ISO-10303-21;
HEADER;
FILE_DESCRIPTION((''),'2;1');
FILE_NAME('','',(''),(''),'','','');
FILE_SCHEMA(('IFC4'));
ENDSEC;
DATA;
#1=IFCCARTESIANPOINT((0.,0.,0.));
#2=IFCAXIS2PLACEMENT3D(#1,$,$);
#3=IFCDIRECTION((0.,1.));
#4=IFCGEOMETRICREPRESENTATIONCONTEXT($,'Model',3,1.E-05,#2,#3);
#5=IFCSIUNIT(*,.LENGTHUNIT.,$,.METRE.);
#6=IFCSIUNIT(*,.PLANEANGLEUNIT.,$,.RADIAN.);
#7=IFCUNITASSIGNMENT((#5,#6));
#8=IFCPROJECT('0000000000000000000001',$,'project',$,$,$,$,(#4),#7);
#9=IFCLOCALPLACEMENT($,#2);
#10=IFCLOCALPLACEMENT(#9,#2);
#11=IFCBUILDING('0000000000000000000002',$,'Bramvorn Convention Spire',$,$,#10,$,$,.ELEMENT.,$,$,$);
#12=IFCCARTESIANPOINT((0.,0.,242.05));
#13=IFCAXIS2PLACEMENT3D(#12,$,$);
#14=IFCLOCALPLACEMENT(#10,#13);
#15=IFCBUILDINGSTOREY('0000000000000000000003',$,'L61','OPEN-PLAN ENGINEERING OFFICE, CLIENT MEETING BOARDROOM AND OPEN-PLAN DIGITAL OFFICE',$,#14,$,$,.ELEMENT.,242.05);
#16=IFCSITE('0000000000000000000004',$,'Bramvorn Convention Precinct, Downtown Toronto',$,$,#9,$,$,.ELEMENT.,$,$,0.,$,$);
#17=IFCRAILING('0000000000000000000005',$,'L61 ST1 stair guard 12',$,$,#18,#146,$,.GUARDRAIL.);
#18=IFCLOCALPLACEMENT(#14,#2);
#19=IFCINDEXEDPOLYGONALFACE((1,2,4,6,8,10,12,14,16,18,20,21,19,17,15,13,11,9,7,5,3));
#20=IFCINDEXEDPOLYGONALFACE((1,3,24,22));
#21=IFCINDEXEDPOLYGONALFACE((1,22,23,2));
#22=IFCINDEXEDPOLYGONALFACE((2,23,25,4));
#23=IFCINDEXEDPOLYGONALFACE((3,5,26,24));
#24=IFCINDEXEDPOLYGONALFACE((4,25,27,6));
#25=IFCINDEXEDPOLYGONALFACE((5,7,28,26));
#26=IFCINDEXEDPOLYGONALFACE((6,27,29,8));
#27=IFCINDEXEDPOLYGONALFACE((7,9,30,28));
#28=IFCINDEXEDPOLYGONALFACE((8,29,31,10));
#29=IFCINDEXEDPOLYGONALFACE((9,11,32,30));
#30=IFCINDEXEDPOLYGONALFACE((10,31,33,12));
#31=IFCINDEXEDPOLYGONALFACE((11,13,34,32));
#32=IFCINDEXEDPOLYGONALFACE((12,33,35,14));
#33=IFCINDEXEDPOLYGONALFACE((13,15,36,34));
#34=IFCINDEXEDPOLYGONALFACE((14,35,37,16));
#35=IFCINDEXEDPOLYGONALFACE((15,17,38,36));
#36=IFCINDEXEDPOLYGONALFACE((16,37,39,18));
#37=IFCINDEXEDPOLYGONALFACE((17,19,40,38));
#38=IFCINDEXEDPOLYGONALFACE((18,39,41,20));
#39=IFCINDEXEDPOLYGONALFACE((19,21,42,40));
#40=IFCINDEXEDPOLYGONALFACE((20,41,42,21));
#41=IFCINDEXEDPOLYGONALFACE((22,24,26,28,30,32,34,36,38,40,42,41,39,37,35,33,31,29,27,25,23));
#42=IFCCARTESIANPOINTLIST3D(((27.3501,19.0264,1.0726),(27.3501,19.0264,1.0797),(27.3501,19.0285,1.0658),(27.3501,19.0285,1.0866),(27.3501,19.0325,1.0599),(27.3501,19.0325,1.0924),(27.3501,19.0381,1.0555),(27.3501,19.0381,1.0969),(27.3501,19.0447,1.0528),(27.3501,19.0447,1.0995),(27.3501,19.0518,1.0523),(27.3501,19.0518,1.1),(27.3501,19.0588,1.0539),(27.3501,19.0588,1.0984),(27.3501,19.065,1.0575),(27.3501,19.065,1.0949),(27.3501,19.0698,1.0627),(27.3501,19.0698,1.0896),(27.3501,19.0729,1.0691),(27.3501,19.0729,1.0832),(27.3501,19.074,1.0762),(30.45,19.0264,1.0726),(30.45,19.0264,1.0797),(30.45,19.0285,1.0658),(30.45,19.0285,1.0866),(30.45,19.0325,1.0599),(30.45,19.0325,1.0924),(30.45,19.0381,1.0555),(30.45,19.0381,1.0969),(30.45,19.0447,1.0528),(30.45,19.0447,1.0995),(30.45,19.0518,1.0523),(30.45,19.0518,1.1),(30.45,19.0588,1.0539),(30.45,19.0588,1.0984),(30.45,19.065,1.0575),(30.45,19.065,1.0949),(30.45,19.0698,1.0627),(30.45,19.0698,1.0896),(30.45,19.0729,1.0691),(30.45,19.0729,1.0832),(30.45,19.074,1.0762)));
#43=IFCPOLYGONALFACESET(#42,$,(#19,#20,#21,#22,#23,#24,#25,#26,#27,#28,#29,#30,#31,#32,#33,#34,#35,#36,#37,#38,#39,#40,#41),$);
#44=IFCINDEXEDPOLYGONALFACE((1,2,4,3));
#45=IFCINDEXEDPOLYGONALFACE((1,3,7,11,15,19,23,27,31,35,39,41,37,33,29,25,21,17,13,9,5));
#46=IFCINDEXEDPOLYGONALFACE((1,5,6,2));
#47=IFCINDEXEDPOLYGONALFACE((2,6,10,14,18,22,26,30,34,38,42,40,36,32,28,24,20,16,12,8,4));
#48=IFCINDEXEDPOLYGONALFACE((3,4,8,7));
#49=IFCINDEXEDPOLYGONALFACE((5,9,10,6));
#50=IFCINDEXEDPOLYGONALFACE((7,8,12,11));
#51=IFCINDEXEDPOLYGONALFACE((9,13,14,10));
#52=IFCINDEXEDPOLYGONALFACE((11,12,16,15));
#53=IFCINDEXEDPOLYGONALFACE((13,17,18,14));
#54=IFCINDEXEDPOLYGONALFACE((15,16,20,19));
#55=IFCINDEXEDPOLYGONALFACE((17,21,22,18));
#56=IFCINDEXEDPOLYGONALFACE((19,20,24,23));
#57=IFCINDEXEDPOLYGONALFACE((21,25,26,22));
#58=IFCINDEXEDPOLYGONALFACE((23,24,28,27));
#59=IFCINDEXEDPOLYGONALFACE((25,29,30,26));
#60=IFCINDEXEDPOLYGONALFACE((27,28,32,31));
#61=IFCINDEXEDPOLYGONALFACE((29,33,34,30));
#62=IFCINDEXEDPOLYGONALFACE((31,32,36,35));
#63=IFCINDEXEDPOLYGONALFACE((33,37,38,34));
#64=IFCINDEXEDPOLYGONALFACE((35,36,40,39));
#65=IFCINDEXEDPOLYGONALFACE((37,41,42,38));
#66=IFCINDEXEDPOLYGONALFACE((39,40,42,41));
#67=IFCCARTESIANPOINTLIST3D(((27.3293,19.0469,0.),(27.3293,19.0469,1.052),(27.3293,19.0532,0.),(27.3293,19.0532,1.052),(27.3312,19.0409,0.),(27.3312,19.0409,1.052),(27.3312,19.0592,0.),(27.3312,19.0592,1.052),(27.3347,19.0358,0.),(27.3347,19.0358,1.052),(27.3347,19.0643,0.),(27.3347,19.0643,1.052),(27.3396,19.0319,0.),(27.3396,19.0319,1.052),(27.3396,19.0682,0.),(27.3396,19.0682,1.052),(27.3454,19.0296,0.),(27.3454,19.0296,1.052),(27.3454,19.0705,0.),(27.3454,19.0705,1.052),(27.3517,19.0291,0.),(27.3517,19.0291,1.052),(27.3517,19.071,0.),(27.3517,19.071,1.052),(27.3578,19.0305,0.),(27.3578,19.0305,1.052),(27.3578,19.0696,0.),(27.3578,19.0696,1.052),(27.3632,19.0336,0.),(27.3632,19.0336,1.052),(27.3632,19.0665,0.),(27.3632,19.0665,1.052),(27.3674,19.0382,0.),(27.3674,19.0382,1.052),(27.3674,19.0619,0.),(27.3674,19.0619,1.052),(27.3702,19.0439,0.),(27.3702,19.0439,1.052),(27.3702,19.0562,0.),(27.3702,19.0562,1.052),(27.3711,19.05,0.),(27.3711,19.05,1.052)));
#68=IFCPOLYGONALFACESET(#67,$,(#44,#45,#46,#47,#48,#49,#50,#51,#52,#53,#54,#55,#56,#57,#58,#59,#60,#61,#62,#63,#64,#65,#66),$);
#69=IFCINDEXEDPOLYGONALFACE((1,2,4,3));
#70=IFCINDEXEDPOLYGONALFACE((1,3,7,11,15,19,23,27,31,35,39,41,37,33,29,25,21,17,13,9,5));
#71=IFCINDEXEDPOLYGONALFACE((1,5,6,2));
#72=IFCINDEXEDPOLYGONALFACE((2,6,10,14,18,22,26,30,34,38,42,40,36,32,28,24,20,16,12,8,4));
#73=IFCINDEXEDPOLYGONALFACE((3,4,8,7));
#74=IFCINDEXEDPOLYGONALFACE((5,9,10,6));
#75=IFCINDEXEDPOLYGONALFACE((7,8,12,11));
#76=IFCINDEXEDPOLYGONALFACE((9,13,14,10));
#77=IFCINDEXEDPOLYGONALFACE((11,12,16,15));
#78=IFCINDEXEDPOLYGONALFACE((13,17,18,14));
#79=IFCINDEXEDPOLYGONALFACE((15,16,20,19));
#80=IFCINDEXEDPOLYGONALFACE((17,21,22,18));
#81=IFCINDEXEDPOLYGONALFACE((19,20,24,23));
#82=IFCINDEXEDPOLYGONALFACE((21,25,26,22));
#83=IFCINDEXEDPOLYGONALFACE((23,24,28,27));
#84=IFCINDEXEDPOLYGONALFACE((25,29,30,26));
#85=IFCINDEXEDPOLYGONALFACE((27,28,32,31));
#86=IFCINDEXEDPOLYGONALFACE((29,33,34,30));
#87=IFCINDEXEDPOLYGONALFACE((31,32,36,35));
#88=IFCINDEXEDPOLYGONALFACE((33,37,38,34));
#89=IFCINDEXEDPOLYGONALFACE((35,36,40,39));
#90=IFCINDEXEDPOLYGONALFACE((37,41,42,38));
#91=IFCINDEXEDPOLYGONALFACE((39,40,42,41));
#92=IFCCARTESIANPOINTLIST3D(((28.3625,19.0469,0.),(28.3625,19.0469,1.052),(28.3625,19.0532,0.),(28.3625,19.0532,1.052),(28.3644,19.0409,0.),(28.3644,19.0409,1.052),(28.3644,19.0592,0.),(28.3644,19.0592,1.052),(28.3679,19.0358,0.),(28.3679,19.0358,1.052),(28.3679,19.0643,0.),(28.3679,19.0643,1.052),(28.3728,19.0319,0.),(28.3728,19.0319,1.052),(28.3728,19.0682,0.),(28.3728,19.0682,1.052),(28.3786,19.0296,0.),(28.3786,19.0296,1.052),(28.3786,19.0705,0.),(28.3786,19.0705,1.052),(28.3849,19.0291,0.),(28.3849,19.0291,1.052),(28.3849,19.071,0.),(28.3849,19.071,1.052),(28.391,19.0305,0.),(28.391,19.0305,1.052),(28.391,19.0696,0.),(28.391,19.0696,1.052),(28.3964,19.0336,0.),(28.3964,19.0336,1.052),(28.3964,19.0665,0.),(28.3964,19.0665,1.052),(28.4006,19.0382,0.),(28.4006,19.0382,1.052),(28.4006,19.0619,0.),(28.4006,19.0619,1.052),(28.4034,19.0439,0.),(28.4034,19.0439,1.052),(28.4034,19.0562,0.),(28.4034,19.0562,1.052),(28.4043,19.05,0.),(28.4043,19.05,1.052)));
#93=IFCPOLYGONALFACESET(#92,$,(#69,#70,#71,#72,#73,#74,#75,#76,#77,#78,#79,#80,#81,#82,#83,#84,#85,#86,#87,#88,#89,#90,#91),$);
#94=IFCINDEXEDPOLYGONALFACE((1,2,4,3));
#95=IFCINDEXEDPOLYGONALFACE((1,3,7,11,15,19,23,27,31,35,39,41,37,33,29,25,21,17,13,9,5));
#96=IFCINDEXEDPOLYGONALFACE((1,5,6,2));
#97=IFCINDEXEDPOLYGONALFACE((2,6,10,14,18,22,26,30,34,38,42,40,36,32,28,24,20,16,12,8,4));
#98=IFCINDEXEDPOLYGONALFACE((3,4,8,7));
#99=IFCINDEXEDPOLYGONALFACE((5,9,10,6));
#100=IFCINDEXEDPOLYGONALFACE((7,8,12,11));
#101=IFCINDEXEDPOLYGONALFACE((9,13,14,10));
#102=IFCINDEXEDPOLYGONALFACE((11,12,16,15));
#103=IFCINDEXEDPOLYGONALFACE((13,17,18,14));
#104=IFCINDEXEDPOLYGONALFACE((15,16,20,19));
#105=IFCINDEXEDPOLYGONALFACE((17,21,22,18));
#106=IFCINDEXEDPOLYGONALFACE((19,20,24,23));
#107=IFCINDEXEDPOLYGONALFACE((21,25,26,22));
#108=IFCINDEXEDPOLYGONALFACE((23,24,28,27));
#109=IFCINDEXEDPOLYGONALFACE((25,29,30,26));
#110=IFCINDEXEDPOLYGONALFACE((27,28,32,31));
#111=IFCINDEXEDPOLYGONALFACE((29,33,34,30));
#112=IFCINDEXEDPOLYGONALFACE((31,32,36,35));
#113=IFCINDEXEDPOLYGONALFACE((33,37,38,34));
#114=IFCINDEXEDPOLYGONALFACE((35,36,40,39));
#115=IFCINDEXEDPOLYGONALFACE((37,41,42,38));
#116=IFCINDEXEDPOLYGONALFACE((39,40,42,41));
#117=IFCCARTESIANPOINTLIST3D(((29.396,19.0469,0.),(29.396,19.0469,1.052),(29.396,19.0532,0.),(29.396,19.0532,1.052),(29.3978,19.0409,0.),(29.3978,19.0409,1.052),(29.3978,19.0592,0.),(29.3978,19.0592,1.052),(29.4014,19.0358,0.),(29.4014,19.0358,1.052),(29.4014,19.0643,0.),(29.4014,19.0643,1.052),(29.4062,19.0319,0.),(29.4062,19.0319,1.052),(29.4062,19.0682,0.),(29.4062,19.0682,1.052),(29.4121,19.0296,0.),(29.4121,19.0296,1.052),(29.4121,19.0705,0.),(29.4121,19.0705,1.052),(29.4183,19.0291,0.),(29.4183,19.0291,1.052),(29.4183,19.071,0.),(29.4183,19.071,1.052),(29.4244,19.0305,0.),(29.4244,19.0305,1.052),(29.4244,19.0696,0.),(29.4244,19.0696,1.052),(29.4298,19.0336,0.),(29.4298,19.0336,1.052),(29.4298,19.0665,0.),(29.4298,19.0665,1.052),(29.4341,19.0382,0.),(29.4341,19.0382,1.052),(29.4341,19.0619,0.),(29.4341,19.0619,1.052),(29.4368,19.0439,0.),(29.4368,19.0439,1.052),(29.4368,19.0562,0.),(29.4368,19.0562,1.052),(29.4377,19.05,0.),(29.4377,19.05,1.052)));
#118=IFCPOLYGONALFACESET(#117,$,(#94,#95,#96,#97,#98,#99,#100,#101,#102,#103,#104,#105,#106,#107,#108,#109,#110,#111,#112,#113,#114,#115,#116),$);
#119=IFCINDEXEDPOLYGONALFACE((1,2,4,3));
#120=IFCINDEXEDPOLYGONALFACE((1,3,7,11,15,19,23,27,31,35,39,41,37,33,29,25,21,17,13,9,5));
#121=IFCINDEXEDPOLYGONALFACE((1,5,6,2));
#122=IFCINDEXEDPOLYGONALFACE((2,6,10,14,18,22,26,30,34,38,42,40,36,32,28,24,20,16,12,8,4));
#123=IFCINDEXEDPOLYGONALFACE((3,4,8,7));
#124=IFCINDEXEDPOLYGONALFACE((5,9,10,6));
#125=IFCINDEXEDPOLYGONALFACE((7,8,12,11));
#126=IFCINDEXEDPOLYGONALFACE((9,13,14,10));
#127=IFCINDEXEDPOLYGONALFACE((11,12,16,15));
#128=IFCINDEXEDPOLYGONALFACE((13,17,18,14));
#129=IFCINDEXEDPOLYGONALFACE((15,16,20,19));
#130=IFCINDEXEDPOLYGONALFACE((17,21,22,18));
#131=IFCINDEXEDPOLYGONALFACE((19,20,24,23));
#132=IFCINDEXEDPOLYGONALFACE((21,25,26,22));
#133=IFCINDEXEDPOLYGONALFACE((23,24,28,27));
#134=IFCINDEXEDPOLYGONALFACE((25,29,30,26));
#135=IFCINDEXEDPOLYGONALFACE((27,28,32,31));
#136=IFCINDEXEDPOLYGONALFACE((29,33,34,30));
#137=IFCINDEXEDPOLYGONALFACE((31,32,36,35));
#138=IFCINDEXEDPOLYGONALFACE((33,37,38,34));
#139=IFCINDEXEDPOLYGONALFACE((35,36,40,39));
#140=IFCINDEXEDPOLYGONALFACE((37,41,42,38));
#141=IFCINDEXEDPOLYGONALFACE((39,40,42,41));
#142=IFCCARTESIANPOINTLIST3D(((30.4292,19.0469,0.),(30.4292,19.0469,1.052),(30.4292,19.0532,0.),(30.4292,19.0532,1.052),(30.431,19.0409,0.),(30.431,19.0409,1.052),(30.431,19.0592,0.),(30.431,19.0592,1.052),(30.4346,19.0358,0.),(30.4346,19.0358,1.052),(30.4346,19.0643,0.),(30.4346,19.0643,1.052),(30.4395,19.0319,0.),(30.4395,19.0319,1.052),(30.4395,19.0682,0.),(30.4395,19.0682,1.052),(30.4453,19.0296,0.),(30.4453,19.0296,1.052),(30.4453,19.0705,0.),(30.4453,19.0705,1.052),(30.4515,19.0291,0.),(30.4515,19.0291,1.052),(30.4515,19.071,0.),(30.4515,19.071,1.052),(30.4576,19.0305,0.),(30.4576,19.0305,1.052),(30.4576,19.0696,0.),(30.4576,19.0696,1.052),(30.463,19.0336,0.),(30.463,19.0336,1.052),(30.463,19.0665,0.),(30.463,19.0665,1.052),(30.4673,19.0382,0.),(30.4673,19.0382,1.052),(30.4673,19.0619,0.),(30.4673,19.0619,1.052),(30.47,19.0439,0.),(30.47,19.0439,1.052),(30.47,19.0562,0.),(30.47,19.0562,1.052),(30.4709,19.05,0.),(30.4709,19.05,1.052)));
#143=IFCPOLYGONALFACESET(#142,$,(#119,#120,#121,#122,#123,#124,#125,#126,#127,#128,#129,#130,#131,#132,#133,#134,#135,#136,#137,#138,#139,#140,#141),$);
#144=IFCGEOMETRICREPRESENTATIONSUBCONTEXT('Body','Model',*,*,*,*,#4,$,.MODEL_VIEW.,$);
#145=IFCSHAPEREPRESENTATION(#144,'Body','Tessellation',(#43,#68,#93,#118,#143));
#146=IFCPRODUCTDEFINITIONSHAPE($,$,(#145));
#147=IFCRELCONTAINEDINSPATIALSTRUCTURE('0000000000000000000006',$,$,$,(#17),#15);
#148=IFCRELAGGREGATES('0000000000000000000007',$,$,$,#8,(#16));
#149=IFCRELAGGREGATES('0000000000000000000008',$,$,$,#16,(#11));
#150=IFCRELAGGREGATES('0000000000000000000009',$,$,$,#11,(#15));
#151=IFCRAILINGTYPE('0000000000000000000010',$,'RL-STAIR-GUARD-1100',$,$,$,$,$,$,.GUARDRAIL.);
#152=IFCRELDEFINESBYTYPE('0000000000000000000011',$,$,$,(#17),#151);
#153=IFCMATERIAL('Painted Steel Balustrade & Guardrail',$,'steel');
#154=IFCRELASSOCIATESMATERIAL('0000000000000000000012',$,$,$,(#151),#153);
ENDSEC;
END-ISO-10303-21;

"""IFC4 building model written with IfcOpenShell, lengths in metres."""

from ifc_helpers import new_model, si_unit, direction, frame, origin, origin_2d, place, context, subcontext, project, spatial, circle, extrude, material, type_object, element, save


model = new_model("IFC4")

# Units and contexts
model_context = context("Model", 3, precision=1e-05, world=origin(), true_north=direction((0.0, 1.0)))
body_context = subcontext(model_context, "Body", "Model", "MODEL_VIEW")
ifc_project = project(units=[si_unit("LENGTHUNIT", "METRE"), si_unit("PLANEANGLEUNIT", "RADIAN")], contexts=[model_context])

# Site, building, storey
site_placement = place(None, origin())
site = spatial("IfcSite", under=ifc_project, at=site_placement, Name="Bramvorn Convention Precinct, Downtown Toronto", CompositionType="ELEMENT", RefElevation=0.0)
building_placement = place(site_placement, origin())
building = spatial("IfcBuilding", under=site, at=building_placement, Name="Bramvorn Convention Spire", CompositionType="ELEMENT")
storey_placement = place(building_placement, frame((0.0, 0.0, 242.05)))
storey = spatial("IfcBuildingStorey", under=building, at=storey_placement, Name="L61", Description="OPEN-PLAN ENGINEERING OFFICE, CLIENT MEETING BOARDROOM AND OPEN-PLAN DIGITAL OFFICE", CompositionType="ELEMENT", Elevation=242.05)

# Railing
ifc_material_1 = material(Name="Painted Steel Balustrade & Guardrail", Category="steel")
railing_type_1 = type_object("IfcRailingType", Name="RL-STAIR-GUARD-1100", PredefinedType="GUARDRAIL", material=ifc_material_1)
railing_1_placement = place(storey_placement, frame((27.3501, 19.05, 0.0)))
element("IfcRailing", 1, at=railing_1_placement, inside=storey, type_object=railing_type_1, Name="L61 ST1 stair guard 12", PredefinedType="GUARDRAIL", context=body_context, shape_type="SweptSolid", body=[
    extrude(circle(Radius=0.0239, at=origin_2d()), frame((0.0, 0.0, 1.0762), z_axis=(1.0, 0.0, 0.0), x_axis=(0.0, 1.0, 0.0)), (0.0, 0.0, 1.0), 3.0999),
    extrude(circle(Radius=0.021, at=origin_2d()), origin(), (0.0, 0.0, 1.0), 1.052),
    extrude(circle(Radius=0.021, at=origin_2d()), frame((1.0332, 0.0, 0.0)), (0.0, 0.0, 1.0), 1.052),
    extrude(circle(Radius=0.021, at=origin_2d()), frame((2.0667, 0.0, 0.0)), (0.0, 0.0, 1.0), 1.052),
    extrude(circle(Radius=0.021, at=origin_2d()), frame((3.0999, 0.0, 0.0)), (0.0, 0.0, 1.0), 1.052),
])

save(model, "model.ifc")
